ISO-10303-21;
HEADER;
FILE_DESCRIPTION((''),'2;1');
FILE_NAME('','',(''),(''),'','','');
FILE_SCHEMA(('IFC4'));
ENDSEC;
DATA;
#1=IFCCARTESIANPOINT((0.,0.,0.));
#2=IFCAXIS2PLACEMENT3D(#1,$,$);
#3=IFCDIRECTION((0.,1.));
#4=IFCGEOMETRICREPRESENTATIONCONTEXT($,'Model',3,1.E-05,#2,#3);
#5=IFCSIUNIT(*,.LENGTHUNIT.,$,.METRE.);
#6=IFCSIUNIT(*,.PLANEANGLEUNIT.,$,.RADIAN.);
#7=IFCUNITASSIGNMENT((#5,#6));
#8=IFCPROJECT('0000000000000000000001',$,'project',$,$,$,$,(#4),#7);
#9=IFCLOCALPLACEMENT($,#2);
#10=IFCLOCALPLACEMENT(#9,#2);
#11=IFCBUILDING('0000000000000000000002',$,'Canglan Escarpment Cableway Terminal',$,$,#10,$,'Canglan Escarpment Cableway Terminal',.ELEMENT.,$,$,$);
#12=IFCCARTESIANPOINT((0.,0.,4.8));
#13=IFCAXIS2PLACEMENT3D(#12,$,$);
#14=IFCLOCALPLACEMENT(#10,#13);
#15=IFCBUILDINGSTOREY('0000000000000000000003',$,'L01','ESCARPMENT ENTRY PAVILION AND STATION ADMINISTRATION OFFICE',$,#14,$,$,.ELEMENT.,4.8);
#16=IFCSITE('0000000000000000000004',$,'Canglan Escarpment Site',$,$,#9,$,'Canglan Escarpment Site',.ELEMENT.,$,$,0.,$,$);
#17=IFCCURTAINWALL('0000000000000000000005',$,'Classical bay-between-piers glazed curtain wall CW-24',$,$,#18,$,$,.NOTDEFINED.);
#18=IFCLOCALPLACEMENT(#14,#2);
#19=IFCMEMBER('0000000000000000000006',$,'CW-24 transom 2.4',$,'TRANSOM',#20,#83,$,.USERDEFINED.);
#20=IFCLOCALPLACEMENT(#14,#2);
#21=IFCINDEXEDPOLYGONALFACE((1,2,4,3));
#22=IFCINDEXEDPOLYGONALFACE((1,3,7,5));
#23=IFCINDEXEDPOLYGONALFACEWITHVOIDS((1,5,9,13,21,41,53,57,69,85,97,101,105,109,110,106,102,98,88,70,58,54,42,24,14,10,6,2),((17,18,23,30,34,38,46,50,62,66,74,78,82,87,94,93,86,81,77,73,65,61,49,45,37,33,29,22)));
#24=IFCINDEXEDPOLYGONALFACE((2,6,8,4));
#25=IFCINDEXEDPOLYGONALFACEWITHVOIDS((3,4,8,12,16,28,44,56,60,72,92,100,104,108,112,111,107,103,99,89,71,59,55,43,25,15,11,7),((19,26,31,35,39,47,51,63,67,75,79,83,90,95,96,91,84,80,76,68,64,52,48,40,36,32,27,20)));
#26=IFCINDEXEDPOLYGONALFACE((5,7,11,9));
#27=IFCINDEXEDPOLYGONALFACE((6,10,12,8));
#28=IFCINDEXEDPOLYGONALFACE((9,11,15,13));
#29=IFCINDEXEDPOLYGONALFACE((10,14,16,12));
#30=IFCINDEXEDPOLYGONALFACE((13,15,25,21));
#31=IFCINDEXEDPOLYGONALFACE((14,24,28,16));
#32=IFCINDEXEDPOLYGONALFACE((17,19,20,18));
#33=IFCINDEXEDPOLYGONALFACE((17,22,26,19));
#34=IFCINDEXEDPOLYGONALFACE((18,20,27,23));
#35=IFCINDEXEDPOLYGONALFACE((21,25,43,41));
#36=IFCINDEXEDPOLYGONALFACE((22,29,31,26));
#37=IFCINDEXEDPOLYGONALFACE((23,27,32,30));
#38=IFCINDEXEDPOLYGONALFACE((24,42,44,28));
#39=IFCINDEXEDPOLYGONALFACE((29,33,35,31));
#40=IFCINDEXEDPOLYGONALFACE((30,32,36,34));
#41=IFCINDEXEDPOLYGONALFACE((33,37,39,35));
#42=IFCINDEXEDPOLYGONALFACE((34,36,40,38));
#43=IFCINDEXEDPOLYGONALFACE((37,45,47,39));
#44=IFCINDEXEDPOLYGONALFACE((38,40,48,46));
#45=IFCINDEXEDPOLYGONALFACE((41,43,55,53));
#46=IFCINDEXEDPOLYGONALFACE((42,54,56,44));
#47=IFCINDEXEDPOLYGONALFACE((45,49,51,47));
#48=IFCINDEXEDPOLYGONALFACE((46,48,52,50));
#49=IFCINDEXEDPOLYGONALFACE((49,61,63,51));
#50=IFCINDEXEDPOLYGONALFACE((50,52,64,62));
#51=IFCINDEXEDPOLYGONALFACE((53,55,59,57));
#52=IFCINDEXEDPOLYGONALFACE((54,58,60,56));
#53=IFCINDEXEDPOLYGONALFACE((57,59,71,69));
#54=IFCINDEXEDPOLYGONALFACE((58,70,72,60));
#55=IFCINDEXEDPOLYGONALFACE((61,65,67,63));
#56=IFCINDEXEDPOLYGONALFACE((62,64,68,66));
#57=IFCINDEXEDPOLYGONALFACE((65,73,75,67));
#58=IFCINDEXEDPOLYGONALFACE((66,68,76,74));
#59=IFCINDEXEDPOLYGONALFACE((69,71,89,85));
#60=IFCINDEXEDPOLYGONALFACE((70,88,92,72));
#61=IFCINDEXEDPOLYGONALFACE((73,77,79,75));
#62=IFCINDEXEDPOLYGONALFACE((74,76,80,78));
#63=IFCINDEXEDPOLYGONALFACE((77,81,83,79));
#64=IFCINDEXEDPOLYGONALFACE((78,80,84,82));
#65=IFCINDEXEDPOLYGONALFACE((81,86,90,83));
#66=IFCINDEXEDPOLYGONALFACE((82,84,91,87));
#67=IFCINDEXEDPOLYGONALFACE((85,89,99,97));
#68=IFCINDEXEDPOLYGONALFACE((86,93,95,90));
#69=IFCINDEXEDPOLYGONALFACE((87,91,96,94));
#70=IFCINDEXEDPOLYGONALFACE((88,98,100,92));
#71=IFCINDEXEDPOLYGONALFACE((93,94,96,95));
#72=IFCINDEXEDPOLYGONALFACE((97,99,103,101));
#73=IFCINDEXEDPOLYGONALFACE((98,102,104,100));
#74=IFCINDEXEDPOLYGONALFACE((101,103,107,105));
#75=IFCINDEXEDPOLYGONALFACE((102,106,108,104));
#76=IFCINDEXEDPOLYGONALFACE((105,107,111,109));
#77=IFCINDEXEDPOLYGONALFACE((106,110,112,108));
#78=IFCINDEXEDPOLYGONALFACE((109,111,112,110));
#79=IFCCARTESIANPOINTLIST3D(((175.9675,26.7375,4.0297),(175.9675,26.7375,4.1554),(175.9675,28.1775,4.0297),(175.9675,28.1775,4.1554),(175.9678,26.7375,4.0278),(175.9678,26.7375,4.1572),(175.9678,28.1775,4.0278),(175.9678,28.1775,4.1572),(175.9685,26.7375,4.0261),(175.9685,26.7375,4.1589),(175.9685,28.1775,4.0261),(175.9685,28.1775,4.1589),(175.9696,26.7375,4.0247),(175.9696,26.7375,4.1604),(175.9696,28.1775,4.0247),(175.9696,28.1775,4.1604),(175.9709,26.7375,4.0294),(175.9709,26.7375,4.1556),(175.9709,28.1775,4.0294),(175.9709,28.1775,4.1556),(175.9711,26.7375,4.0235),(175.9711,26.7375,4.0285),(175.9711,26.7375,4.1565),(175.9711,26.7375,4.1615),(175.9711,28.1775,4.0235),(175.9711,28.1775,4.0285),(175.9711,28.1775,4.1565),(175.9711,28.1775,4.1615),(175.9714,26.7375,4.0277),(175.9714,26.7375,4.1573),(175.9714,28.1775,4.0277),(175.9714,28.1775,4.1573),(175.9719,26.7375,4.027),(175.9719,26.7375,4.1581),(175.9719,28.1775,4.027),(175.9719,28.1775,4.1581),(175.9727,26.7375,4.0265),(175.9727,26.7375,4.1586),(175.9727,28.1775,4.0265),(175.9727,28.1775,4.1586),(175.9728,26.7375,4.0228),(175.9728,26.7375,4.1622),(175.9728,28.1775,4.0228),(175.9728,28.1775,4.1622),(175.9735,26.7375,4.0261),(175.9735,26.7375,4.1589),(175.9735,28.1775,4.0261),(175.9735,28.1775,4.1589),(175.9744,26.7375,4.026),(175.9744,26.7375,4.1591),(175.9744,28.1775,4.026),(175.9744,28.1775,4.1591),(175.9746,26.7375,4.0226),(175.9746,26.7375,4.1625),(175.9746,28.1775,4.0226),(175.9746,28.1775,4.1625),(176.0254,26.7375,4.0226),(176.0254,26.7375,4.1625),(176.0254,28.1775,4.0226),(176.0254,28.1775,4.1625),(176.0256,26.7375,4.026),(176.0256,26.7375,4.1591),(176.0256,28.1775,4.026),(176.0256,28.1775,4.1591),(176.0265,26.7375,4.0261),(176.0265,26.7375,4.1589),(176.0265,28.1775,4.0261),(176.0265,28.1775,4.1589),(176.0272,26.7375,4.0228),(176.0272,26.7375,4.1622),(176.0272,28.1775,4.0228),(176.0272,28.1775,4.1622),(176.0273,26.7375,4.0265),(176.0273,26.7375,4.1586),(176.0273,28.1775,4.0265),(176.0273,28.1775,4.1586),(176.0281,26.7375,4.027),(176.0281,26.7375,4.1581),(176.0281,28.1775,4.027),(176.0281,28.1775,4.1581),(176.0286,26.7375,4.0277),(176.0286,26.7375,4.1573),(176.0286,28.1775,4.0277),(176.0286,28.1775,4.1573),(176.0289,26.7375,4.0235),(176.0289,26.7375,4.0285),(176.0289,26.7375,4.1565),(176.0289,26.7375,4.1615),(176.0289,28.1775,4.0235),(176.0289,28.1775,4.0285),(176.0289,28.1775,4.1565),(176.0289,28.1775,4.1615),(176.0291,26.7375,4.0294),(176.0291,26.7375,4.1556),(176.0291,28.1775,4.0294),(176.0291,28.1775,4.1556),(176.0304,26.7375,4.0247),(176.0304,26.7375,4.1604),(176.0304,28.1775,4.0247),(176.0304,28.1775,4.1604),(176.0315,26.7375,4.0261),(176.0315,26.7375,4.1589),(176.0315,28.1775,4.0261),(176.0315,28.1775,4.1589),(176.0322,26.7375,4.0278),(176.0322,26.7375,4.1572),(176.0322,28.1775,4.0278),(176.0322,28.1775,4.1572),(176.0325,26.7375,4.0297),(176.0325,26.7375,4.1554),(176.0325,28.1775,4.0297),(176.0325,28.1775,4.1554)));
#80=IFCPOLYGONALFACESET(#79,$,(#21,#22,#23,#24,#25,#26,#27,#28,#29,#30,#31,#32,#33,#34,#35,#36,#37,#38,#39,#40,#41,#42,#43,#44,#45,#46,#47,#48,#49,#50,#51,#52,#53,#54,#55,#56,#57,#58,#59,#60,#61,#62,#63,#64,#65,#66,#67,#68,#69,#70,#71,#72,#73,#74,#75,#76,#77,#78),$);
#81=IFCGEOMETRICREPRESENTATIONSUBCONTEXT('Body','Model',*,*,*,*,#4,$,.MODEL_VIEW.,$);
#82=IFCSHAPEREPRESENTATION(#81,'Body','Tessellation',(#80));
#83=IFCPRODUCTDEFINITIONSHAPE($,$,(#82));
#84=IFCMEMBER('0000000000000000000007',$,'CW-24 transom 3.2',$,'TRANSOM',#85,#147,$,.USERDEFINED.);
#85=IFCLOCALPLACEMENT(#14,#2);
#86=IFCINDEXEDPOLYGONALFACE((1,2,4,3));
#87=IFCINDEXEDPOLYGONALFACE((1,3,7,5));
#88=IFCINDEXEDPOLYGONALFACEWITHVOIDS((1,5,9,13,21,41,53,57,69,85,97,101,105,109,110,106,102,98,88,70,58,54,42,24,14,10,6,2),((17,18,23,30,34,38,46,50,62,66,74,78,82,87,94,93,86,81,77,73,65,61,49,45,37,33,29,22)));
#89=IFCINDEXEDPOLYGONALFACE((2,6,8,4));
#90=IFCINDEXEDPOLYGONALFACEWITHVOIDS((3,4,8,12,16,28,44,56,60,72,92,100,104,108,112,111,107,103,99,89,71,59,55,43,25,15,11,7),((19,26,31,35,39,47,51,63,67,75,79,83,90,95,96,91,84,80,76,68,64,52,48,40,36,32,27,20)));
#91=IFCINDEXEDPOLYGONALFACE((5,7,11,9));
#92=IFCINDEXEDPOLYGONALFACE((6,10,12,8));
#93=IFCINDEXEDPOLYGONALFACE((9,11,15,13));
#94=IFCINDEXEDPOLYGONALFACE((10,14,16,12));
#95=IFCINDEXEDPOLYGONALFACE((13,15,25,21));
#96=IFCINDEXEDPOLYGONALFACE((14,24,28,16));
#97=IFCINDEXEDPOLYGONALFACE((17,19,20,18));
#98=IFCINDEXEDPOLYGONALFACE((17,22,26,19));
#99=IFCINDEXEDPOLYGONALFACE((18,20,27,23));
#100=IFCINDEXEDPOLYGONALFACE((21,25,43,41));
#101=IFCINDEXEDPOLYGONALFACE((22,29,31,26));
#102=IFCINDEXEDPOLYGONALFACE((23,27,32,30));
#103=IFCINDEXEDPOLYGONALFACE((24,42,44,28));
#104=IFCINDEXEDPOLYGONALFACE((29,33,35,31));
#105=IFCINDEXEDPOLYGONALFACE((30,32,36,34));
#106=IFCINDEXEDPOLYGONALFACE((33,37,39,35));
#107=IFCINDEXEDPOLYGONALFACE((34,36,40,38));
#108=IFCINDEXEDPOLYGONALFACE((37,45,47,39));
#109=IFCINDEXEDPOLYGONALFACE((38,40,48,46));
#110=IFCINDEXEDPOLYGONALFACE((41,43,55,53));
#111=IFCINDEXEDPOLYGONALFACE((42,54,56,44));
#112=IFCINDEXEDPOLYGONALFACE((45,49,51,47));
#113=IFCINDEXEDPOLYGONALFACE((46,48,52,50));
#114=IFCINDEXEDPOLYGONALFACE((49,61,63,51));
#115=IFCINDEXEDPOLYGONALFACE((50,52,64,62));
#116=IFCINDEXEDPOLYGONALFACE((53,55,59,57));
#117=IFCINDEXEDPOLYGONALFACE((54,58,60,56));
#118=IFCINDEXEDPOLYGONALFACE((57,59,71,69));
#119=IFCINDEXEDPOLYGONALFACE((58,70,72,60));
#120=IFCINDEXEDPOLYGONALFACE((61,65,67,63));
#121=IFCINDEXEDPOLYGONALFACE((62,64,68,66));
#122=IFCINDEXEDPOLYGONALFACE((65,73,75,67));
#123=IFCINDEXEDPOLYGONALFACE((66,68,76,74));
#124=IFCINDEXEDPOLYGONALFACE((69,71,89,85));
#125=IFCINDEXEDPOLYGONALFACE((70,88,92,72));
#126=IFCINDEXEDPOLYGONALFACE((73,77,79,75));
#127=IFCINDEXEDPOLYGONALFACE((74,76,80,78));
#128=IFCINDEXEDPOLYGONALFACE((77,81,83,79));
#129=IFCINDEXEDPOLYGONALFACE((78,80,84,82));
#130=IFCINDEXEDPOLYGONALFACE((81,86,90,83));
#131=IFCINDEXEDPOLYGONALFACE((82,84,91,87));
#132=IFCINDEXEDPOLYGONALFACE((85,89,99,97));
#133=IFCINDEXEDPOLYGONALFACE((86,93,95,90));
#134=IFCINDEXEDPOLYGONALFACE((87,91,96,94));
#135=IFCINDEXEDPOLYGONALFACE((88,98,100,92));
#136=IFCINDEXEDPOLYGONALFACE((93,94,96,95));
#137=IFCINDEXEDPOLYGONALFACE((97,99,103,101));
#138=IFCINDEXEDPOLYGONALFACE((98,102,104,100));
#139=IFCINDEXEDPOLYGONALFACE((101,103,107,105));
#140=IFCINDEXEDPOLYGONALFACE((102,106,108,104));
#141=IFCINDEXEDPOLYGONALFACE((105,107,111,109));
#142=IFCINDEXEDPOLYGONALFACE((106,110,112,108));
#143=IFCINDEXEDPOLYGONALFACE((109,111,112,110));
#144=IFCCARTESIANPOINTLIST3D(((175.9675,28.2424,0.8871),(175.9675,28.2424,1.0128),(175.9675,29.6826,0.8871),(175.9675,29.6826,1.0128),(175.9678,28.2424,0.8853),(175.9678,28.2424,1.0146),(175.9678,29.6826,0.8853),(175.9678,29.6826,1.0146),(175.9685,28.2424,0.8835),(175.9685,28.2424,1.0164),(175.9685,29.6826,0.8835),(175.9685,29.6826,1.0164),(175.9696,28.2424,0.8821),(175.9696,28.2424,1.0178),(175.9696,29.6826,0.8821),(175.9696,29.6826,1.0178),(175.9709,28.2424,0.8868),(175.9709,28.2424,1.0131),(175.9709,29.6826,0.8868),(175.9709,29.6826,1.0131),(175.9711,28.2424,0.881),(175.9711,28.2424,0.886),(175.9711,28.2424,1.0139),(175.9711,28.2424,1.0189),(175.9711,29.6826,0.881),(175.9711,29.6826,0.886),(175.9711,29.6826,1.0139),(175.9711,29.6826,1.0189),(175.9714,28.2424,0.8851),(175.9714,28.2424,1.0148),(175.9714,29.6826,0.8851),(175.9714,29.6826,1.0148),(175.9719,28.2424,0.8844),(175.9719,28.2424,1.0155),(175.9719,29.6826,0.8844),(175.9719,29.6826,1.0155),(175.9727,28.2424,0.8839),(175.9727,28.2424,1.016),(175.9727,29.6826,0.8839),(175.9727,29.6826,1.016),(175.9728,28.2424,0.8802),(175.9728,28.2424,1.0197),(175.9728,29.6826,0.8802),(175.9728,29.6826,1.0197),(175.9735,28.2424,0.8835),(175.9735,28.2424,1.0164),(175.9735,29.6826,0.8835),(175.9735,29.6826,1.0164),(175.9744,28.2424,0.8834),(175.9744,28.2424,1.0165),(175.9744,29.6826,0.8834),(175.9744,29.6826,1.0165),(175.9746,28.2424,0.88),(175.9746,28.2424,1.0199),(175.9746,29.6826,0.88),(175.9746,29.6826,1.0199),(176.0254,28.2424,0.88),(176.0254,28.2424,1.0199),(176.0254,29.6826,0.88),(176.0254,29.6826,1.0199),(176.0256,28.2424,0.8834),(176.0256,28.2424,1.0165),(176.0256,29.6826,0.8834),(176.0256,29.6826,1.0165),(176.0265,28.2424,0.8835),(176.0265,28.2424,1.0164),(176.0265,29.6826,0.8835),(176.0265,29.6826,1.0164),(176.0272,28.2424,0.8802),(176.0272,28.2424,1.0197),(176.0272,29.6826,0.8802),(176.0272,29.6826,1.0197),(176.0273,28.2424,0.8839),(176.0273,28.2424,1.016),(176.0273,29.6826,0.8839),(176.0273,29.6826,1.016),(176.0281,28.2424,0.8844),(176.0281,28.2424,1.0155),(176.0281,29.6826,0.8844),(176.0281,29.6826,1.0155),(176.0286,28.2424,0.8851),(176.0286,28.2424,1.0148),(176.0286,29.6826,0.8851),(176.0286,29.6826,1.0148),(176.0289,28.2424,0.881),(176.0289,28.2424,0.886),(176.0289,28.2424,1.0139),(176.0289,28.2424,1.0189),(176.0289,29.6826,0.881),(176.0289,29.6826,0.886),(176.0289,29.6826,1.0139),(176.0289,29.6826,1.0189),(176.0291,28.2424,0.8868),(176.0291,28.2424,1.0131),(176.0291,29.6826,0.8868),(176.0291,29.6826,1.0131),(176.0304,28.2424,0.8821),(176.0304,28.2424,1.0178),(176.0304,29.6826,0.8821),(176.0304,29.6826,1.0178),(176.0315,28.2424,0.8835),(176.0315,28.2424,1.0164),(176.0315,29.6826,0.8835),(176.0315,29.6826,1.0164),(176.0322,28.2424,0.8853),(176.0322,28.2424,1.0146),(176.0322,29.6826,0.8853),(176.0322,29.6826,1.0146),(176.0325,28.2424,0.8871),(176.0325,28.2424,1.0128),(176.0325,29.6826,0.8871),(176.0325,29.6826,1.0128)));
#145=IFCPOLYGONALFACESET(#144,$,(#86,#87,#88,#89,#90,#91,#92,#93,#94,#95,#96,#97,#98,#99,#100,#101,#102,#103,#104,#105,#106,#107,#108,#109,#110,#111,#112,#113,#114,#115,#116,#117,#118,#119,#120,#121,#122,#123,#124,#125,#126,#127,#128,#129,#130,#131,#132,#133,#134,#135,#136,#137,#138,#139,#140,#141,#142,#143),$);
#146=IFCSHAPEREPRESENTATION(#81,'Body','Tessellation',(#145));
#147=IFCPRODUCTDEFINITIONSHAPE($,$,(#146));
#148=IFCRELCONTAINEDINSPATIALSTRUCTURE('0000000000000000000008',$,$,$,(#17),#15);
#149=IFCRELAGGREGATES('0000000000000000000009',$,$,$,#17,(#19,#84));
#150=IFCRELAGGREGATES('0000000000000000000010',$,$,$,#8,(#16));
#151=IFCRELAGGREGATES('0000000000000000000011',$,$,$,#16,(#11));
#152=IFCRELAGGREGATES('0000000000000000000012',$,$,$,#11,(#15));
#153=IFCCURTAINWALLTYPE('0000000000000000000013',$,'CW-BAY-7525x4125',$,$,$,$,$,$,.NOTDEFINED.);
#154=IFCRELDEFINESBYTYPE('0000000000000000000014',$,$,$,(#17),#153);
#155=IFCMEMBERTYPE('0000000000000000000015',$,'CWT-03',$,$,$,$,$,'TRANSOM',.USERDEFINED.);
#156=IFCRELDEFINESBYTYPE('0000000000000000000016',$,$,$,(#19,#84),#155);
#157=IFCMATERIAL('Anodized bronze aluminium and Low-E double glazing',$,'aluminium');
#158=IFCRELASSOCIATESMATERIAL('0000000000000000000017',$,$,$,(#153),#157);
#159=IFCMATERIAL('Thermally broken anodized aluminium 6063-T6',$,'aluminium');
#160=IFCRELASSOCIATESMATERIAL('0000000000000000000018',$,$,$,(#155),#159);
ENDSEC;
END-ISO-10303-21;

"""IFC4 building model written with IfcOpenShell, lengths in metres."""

from ifc_helpers import new_model, si_unit, direction, frame, origin, origin_2d, place, context, subcontext, project, spatial, hollow_rectangle, extrude, material, material_profile, profile_set, type_object, element, aggregate, save


model = new_model("IFC4")

# Units and contexts
model_context = context("Model", 3, precision=1e-05, world=origin(), true_north=direction((0.0, 1.0)))
body_context = subcontext(model_context, "Body", "Model", "MODEL_VIEW")
ifc_project = project(units=[si_unit("LENGTHUNIT", "METRE"), si_unit("PLANEANGLEUNIT", "RADIAN")], contexts=[model_context])

# Site, building, storey
site_placement = place(None, origin())
site = spatial("IfcSite", under=ifc_project, at=site_placement, Name="Canglan Escarpment Site", LongName="Canglan Escarpment Site", CompositionType="ELEMENT", RefElevation=0.0)
building_placement = place(site_placement, origin())
building = spatial("IfcBuilding", under=site, at=building_placement, Name="Canglan Escarpment Cableway Terminal", LongName="Canglan Escarpment Cableway Terminal", CompositionType="ELEMENT")
storey_placement = place(building_placement, frame((0.0, 0.0, 4.8)))
storey = spatial("IfcBuildingStorey", under=building, at=storey_placement, Name="L01", Description="ESCARPMENT ENTRY PAVILION AND STATION ADMINISTRATION OFFICE", CompositionType="ELEMENT", Elevation=4.8)

# Curtain wall, members
ifc_material_1 = material(Name="Anodized bronze aluminium and Low-E double glazing", Category="aluminium")
curtain_wall_type = type_object("IfcCurtainWallType", Name="CW-BAY-7525x4125", PredefinedType="NOTDEFINED", material=ifc_material_1)
curtain_wall_placement = place(storey_placement, origin())
curtain_wall = element("IfcCurtainWall", 1, at=curtain_wall_placement, inside=storey, type_object=curtain_wall_type, Name="Classical bay-between-piers glazed curtain wall CW-24", PredefinedType="NOTDEFINED")
ifc_material_2 = material(Name="Thermally broken anodized aluminium 6063-T6", Category="aluminium")
ifc_material_profile = material_profile(ifc_material_2, hollow_rectangle(XDim=0.0649, YDim=0.1399, WallThickness=0.0034, InnerFilletRadius=0.0034, OuterFilletRadius=0.0071, at=origin_2d()), Name="ALU-TRAN 65x140x3.5")
ifc_profile_set = profile_set([ifc_material_profile], Name="Thermally broken anodized aluminium 6063-T6")
member_type = type_object("IfcMemberType", Name="CWT-03", ElementType="TRANSOM", PredefinedType="USERDEFINED", material=ifc_profile_set)
member_1_placement = place(storey_placement, frame((176.0, 26.7375, 4.0925), z_axis=(0.0, 1.0, 0.0), x_axis=(-1.0, 0.0, 0.0)))
member_1 = element("IfcMember", 2, at=member_1_placement, type_object=member_type, Name="CW-24 transom 2.4", ObjectType="TRANSOM", PredefinedType="USERDEFINED", context=body_context, shape_type="SweptSolid", body=[
    extrude(hollow_rectangle(XDim=0.0649, YDim=0.1399, WallThickness=0.0034, InnerFilletRadius=0.0034, OuterFilletRadius=0.0071, at=origin_2d()), origin(), (0.0, 0.0, 1.0), 1.4399),
])
member_2_placement = place(storey_placement, frame((176.0, 28.2424, 0.95), z_axis=(0.0, 1.0, 0.0), x_axis=(-1.0, 0.0, 0.0)))
member_2 = element("IfcMember", 3, at=member_2_placement, type_object=member_type, Name="CW-24 transom 3.2", ObjectType="TRANSOM", PredefinedType="USERDEFINED", context=body_context, shape_type="SweptSolid", body=[
    extrude(hollow_rectangle(XDim=0.0649, YDim=0.1399, WallThickness=0.0034, InnerFilletRadius=0.0034, OuterFilletRadius=0.0071, at=origin_2d()), origin(), (0.0, 0.0, 1.0), 1.4402),
])
aggregate(curtain_wall, [member_1, member_2])

save(model, "model.ifc")
